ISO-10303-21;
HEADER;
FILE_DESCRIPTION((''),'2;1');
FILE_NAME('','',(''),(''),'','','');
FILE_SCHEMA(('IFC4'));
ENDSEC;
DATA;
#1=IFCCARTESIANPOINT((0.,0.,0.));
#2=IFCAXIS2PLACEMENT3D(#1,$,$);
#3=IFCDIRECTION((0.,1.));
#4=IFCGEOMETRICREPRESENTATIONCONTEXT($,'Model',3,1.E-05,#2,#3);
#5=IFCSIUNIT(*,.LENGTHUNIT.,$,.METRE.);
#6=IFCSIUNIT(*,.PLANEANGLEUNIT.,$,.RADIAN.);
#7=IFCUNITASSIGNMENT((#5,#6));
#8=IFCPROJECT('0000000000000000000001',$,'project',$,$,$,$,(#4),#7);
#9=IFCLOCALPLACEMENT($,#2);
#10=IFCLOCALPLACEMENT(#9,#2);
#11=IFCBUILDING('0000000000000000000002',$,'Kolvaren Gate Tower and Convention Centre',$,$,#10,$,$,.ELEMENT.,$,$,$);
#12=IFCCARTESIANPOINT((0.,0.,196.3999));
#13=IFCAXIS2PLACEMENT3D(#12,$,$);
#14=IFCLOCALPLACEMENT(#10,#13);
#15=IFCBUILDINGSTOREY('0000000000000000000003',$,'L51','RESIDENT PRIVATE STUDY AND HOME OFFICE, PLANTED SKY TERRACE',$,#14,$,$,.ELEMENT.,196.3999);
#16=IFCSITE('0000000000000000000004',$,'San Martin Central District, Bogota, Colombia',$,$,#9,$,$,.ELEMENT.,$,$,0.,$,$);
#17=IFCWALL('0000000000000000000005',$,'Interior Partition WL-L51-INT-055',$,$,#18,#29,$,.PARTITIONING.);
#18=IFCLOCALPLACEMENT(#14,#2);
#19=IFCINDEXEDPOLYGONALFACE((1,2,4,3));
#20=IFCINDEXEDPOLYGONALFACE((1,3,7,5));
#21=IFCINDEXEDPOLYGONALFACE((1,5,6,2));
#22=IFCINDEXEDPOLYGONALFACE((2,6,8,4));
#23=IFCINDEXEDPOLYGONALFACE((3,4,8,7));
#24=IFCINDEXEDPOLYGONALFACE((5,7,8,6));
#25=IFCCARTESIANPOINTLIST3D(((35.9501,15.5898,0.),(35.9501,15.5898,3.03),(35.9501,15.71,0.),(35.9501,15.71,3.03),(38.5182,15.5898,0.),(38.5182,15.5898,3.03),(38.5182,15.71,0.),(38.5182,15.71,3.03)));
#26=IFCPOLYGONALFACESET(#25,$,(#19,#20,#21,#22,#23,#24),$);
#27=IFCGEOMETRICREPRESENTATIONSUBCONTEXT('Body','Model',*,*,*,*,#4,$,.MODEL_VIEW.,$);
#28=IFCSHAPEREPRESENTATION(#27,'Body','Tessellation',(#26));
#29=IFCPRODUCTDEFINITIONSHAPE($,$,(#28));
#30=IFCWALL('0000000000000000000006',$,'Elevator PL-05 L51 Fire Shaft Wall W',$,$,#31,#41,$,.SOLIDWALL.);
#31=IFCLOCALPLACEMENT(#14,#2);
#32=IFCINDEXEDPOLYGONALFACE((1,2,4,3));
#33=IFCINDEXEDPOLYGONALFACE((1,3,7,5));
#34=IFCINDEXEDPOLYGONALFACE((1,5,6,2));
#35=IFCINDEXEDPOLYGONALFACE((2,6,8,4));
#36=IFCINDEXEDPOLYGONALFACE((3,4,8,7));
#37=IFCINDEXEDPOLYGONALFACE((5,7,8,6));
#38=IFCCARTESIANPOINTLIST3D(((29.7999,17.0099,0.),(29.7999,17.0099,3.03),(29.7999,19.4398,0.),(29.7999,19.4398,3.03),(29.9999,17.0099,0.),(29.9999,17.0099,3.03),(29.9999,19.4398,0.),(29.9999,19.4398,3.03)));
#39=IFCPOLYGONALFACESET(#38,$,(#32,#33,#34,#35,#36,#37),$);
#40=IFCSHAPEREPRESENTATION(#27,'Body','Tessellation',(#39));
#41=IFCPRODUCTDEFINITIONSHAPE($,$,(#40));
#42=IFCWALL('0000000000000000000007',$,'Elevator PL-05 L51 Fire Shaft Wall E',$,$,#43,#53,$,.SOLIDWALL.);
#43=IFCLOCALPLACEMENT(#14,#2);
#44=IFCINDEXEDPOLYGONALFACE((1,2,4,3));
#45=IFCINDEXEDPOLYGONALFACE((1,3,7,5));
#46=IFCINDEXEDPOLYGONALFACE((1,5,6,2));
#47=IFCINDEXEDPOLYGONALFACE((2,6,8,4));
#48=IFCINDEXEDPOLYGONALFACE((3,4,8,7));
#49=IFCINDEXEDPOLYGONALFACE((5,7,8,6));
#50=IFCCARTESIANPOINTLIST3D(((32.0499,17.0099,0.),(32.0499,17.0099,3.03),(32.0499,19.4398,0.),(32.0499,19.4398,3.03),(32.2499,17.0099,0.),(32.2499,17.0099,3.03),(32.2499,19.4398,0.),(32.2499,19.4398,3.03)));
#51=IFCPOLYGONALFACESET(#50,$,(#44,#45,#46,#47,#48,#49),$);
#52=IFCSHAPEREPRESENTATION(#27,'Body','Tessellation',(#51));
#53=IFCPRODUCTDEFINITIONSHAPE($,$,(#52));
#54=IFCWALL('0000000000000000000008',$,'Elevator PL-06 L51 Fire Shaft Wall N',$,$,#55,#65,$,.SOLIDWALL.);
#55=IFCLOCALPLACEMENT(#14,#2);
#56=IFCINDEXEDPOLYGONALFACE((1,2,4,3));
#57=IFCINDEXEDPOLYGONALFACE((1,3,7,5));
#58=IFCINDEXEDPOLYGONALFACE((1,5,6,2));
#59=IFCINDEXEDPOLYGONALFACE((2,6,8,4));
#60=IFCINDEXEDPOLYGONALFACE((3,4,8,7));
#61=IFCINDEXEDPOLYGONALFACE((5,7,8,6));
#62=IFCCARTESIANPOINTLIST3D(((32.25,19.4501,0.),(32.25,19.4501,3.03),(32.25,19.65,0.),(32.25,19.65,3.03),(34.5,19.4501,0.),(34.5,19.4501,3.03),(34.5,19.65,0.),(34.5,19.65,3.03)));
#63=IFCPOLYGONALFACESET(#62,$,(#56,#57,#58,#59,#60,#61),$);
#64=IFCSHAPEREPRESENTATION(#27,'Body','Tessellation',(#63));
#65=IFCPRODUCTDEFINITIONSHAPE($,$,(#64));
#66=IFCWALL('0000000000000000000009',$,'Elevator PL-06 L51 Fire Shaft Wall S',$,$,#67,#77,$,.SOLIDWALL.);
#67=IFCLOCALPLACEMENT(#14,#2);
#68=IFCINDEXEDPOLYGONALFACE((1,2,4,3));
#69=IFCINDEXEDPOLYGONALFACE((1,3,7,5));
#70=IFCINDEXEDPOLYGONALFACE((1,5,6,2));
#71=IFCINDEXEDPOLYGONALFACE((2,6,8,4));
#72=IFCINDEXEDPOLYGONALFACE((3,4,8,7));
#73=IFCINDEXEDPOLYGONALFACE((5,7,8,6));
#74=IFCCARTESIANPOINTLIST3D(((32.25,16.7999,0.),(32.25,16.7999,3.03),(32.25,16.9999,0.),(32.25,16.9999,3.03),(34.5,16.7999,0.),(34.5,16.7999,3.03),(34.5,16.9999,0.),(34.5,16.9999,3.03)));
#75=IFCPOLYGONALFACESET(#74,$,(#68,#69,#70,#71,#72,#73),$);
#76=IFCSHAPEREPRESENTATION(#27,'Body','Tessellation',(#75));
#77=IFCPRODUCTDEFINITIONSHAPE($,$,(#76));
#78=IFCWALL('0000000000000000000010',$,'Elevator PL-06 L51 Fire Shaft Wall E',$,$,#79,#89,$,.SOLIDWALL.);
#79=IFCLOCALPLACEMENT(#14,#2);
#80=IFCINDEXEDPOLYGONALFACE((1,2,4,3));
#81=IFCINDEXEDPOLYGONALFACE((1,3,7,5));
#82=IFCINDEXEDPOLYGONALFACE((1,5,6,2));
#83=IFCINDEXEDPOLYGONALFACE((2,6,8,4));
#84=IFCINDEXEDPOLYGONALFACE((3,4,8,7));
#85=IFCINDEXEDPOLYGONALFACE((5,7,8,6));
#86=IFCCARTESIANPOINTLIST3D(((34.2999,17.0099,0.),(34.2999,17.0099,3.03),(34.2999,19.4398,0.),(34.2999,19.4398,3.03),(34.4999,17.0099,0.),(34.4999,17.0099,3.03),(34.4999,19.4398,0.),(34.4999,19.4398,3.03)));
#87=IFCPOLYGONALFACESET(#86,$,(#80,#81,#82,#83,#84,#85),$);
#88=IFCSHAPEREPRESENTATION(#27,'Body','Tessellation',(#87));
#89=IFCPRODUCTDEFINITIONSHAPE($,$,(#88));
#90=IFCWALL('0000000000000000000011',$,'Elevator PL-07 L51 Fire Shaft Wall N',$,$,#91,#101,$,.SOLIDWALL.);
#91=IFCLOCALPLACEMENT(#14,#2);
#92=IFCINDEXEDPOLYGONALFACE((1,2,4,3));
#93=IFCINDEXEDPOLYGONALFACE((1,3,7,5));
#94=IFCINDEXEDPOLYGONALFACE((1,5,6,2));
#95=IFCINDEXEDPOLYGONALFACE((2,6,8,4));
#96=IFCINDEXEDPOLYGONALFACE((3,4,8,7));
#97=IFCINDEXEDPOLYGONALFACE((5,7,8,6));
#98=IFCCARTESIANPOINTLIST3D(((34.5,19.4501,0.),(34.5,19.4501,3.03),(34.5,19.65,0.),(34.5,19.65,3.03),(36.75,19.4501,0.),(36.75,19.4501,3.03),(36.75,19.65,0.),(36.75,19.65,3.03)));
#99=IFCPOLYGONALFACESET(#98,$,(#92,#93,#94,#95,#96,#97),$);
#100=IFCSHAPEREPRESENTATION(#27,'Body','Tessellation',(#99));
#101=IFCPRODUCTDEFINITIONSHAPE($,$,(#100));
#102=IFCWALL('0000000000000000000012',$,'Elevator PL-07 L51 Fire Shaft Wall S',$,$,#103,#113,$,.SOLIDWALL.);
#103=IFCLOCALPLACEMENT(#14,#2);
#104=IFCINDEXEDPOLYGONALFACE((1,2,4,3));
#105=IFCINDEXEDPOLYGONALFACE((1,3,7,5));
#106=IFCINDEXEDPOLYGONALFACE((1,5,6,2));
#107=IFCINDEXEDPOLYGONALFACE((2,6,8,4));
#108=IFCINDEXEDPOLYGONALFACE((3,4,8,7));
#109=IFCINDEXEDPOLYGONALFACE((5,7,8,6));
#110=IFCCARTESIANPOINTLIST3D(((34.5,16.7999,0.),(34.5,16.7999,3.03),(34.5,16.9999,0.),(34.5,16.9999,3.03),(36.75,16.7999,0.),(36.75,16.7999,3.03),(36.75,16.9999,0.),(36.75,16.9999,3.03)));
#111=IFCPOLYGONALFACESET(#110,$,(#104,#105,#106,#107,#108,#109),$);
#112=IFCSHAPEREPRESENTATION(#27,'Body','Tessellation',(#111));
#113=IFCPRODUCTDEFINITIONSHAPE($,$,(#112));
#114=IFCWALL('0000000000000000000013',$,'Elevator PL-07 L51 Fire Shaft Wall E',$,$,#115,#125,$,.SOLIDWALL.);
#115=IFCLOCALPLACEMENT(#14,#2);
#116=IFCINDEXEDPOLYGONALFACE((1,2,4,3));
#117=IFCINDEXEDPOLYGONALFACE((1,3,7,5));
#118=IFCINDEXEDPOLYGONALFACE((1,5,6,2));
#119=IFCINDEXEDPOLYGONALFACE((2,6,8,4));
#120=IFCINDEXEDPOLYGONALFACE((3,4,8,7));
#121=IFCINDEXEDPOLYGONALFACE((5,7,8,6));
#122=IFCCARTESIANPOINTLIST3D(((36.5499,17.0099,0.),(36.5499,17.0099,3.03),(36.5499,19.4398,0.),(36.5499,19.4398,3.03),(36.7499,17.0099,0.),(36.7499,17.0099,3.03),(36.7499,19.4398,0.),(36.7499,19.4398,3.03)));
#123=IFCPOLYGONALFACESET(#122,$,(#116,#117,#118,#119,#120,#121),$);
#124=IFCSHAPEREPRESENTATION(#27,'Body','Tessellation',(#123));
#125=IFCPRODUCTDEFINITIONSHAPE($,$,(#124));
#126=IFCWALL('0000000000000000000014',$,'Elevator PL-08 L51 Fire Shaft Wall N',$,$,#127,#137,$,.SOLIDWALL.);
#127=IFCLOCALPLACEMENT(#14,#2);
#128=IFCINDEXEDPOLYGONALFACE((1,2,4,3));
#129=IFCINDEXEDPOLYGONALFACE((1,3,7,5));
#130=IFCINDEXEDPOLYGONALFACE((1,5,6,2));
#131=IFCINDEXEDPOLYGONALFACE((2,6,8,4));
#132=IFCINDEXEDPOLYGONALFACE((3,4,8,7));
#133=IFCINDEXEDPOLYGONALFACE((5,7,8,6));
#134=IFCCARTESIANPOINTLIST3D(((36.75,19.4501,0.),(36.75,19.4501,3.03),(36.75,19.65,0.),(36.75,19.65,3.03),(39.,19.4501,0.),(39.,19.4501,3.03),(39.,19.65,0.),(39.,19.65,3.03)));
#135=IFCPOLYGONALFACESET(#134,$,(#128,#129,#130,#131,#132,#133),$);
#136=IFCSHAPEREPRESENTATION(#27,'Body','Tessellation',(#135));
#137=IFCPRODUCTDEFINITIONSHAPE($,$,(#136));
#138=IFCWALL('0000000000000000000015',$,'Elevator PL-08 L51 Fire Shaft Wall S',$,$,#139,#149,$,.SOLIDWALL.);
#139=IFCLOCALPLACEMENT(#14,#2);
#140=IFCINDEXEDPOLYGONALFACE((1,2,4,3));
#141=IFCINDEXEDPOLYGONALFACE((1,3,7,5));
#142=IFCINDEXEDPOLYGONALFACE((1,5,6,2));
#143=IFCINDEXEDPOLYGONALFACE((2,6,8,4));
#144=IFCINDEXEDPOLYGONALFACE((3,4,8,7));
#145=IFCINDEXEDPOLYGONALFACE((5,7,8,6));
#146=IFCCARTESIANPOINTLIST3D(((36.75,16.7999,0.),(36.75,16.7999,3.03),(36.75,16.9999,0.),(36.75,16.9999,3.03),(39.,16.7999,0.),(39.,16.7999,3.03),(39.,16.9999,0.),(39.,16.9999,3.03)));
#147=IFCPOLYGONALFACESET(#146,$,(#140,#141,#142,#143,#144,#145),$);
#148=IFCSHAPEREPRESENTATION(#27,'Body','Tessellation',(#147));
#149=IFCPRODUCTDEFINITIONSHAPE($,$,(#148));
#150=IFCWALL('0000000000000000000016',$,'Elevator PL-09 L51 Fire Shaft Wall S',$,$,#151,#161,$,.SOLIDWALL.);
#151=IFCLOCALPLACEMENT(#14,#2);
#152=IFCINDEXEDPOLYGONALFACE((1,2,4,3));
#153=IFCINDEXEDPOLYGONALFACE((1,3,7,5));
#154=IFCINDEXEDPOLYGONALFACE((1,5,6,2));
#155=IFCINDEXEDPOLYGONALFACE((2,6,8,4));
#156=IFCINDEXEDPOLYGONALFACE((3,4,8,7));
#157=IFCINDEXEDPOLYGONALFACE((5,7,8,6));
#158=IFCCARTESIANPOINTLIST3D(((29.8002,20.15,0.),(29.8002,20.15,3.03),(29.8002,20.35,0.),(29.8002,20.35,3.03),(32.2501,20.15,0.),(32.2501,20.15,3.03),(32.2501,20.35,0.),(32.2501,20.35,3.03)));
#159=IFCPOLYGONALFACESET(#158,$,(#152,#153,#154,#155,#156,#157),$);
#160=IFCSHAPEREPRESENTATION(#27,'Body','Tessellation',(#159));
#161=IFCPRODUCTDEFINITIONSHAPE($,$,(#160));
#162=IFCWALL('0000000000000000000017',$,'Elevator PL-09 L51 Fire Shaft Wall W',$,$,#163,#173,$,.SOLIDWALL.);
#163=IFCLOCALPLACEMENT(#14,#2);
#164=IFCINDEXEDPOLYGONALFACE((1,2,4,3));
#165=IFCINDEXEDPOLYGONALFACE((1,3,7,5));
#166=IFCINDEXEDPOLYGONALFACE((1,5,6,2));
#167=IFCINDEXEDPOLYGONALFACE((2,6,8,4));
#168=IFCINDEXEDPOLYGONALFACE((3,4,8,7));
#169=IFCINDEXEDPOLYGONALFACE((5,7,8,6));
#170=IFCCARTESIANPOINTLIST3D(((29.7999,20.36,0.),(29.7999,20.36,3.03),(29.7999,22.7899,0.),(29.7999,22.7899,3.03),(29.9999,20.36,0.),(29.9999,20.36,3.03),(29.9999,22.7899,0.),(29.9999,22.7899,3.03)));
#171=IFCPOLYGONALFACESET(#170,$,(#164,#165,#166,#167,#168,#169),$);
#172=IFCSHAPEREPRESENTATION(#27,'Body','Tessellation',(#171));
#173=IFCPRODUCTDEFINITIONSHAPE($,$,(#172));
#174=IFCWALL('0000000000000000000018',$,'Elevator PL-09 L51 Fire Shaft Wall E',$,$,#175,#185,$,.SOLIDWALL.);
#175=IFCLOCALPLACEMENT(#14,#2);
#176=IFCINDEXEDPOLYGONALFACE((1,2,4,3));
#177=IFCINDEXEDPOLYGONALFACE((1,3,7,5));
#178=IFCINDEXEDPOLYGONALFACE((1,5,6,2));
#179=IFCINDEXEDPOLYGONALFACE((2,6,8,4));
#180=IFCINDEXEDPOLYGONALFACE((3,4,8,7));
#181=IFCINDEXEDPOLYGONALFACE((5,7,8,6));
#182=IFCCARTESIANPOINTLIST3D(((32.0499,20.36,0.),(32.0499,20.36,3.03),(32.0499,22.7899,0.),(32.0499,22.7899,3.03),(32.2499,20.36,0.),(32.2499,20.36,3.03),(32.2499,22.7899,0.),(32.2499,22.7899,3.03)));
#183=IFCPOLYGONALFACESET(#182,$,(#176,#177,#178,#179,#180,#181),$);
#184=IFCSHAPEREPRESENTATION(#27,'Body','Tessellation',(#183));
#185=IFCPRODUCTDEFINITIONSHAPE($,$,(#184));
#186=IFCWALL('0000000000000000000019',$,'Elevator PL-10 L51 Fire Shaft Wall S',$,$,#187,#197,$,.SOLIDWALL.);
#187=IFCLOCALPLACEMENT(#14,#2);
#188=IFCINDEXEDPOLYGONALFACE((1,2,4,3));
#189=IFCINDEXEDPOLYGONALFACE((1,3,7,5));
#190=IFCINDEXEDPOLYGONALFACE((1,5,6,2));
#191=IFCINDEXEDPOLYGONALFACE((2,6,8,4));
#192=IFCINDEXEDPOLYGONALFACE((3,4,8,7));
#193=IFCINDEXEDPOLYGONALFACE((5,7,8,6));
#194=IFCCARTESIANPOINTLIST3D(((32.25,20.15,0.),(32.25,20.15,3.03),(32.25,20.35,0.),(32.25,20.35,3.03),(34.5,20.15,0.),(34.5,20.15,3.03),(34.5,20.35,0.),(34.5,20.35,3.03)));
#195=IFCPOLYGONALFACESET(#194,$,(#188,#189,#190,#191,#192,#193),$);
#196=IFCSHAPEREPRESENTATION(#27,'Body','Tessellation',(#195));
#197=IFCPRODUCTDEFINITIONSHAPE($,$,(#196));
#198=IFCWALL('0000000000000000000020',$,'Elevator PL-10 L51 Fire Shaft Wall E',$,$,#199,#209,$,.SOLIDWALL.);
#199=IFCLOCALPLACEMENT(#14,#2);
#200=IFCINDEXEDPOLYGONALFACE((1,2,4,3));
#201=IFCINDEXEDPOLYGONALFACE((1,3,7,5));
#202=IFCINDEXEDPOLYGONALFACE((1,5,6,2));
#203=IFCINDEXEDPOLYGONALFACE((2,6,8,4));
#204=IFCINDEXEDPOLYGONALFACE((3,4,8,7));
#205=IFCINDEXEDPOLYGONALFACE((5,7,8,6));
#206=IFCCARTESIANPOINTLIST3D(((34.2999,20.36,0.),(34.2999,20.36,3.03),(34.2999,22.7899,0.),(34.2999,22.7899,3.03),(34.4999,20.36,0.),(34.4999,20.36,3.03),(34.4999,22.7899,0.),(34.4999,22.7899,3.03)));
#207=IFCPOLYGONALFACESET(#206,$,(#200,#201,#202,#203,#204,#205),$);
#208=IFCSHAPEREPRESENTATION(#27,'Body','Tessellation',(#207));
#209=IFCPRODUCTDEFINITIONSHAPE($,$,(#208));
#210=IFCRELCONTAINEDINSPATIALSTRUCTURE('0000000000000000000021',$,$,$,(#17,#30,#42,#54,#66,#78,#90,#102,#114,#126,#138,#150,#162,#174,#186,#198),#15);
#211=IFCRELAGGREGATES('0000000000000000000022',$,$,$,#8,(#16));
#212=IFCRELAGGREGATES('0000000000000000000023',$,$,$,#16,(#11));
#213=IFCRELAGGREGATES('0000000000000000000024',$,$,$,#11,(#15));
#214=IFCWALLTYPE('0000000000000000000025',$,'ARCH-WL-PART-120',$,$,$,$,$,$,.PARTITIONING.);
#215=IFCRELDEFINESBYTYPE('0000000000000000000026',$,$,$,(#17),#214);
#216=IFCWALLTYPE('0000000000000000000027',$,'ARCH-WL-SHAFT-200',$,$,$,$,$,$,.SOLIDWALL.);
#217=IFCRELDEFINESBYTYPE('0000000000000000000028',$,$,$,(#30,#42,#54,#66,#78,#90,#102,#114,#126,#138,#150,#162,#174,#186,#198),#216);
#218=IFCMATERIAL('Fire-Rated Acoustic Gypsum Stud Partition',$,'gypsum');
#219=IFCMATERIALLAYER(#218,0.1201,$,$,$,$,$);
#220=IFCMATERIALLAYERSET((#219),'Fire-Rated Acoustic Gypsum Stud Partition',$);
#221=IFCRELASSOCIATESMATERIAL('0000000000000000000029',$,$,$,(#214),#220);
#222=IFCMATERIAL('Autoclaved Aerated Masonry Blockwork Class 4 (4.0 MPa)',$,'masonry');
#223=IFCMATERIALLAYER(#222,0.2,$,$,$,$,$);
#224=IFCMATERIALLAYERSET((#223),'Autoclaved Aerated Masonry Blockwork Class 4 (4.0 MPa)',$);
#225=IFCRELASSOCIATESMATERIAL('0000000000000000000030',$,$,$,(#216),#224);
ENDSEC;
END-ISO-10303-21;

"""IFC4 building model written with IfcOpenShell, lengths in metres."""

from ifc_helpers import new_model, si_unit, direction, frame, frame_2d, origin, place, context, subcontext, project, spatial, rectangle, extrude, material, layer, layer_set, type_object, element, save


model = new_model("IFC4")

# Units and contexts
model_context = context("Model", 3, precision=1e-05, world=origin(), true_north=direction((0.0, 1.0)))
body_context = subcontext(model_context, "Body", "Model", "MODEL_VIEW")
ifc_project = project(units=[si_unit("LENGTHUNIT", "METRE"), si_unit("PLANEANGLEUNIT", "RADIAN")], contexts=[model_context])

# Site, building, storey
site_placement = place(None, origin())
site = spatial("IfcSite", under=ifc_project, at=site_placement, Name="San Martin Central District, Bogota, Colombia", CompositionType="ELEMENT", RefElevation=0.0)
building_placement = place(site_placement, origin())
building = spatial("IfcBuilding", under=site, at=building_placement, Name="Kolvaren Gate Tower and Convention Centre", CompositionType="ELEMENT")
storey_placement = place(building_placement, frame((0.0, 0.0, 196.3999)))
storey = spatial("IfcBuildingStorey", under=building, at=storey_placement, Name="L51", Description="RESIDENT PRIVATE STUDY AND HOME OFFICE, PLANTED SKY TERRACE", CompositionType="ELEMENT", Elevation=196.3999)

# Walls
ifc_material_1 = material(Name="Fire-Rated Acoustic Gypsum Stud Partition", Category="gypsum")
ifc_layer_1 = layer(ifc_material_1, 0.1201)
ifc_layer_set_1 = layer_set([ifc_layer_1], Name="Fire-Rated Acoustic Gypsum Stud Partition")
wall_type_1 = type_object("IfcWallType", Name="ARCH-WL-PART-120", PredefinedType="PARTITIONING", material=ifc_layer_set_1)
wall_1_placement = place(storey_placement, frame((35.95, 15.6499, 0.0), z_axis=(0.0, 0.0, 1.0), x_axis=(1.0, 0.0, 0.0)))
element("IfcWall", 1, at=wall_1_placement, inside=storey, type_object=wall_type_1, Name="Interior Partition WL-L51-INT-055", PredefinedType="PARTITIONING", context=body_context, shape_type="SweptSolid", body=[
    extrude(rectangle(XDim=2.5681, YDim=0.1201, at=frame_2d((1.2842, 0.0))), origin(), (0.0, 0.0, 1.0), 3.03),
])
ifc_material_2 = material(Name="Autoclaved Aerated Masonry Blockwork Class 4 (4.0 MPa)", Category="masonry")
ifc_layer_2 = layer(ifc_material_2, 0.2)
ifc_layer_set_2 = layer_set([ifc_layer_2], Name="Autoclaved Aerated Masonry Blockwork Class 4 (4.0 MPa)")
wall_type_2 = type_object("IfcWallType", Name="ARCH-WL-SHAFT-200", PredefinedType="SOLIDWALL", material=ifc_layer_set_2)
for number, where, z_axis, x_axis, name in (
    (2, (29.8999, 17.01, 0.0), (0.0, 0.0, 1.0), (0.0, 1.0, 0.0), "Elevator PL-05 L51 Fire Shaft Wall W"),
    (3, (32.1499, 17.01, 0.0), (0.0, 0.0, 1.0), (0.0, 1.0, 0.0), "Elevator PL-05 L51 Fire Shaft Wall E"),
):
    element("IfcWall", number, at=place(storey_placement, frame(where, z_axis=z_axis, x_axis=x_axis)), inside=storey, type_object=wall_type_2, Name=name, PredefinedType="SOLIDWALL", context=body_context, shape_type="SweptSolid", body=[
        extrude(rectangle(XDim=2.4299, YDim=0.2, at=frame_2d((1.2148, 0.0))), origin(), (0.0, 0.0, 1.0), 3.03),
    ])
for number, where, z_axis, x_axis, name in (
    (4, (32.25, 19.55, 0.0), (0.0, 0.0, 1.0), (1.0, 0.0, 0.0), "Elevator PL-06 L51 Fire Shaft Wall N"),
    (5, (32.25, 16.8999, 0.0), (0.0, 0.0, 1.0), (1.0, 0.0, 0.0), "Elevator PL-06 L51 Fire Shaft Wall S"),
):
    element("IfcWall", number, at=place(storey_placement, frame(where, z_axis=z_axis, x_axis=x_axis)), inside=storey, type_object=wall_type_2, Name=name, PredefinedType="SOLIDWALL", context=body_context, shape_type="SweptSolid", body=[
        extrude(rectangle(XDim=2.25, YDim=0.2, at=frame_2d((1.125, 0.0))), origin(), (0.0, 0.0, 1.0), 3.03),
    ])
wall_2_placement = place(storey_placement, frame((34.3999, 17.01, 0.0), z_axis=(0.0, 0.0, 1.0), x_axis=(0.0, 1.0, 0.0)))
element("IfcWall", 6, at=wall_2_placement, inside=storey, type_object=wall_type_2, Name="Elevator PL-06 L51 Fire Shaft Wall E", PredefinedType="SOLIDWALL", context=body_context, shape_type="SweptSolid", body=[
    extrude(rectangle(XDim=2.4299, YDim=0.2, at=frame_2d((1.2148, 0.0))), origin(), (0.0, 0.0, 1.0), 3.03),
])
for number, where, z_axis, x_axis, name in (
    (7, (34.5, 19.55, 0.0), (0.0, 0.0, 1.0), (1.0, 0.0, 0.0), "Elevator PL-07 L51 Fire Shaft Wall N"),
    (8, (34.5, 16.8999, 0.0), (0.0, 0.0, 1.0), (1.0, 0.0, 0.0), "Elevator PL-07 L51 Fire Shaft Wall S"),
):
    element("IfcWall", number, at=place(storey_placement, frame(where, z_axis=z_axis, x_axis=x_axis)), inside=storey, type_object=wall_type_2, Name=name, PredefinedType="SOLIDWALL", context=body_context, shape_type="SweptSolid", body=[
        extrude(rectangle(XDim=2.25, YDim=0.2, at=frame_2d((1.125, 0.0))), origin(), (0.0, 0.0, 1.0), 3.03),
    ])
wall_3_placement = place(storey_placement, frame((36.6499, 17.01, 0.0), z_axis=(0.0, 0.0, 1.0), x_axis=(0.0, 1.0, 0.0)))
element("IfcWall", 9, at=wall_3_placement, inside=storey, type_object=wall_type_2, Name="Elevator PL-07 L51 Fire Shaft Wall E", PredefinedType="SOLIDWALL", context=body_context, shape_type="SweptSolid", body=[
    extrude(rectangle(XDim=2.4299, YDim=0.2, at=frame_2d((1.2148, 0.0))), origin(), (0.0, 0.0, 1.0), 3.03),
])
for number, where, z_axis, x_axis, name in (
    (10, (36.75, 19.55, 0.0), (0.0, 0.0, 1.0), (1.0, 0.0, 0.0), "Elevator PL-08 L51 Fire Shaft Wall N"),
    (11, (36.75, 16.8999, 0.0), (0.0, 0.0, 1.0), (1.0, 0.0, 0.0), "Elevator PL-08 L51 Fire Shaft Wall S"),
):
    element("IfcWall", number, at=place(storey_placement, frame(where, z_axis=z_axis, x_axis=x_axis)), inside=storey, type_object=wall_type_2, Name=name, PredefinedType="SOLIDWALL", context=body_context, shape_type="SweptSolid", body=[
        extrude(rectangle(XDim=2.25, YDim=0.2, at=frame_2d((1.125, 0.0))), origin(), (0.0, 0.0, 1.0), 3.03),
    ])
wall_4_placement = place(storey_placement, frame((29.8, 20.25, 0.0), z_axis=(0.0, 0.0, 1.0), x_axis=(1.0, 0.0, 0.0)))
element("IfcWall", 12, at=wall_4_placement, inside=storey, type_object=wall_type_2, Name="Elevator PL-09 L51 Fire Shaft Wall S", PredefinedType="SOLIDWALL", context=body_context, shape_type="SweptSolid", body=[
    extrude(rectangle(XDim=2.45, YDim=0.2, at=frame_2d((1.2251, 0.0))), origin(), (0.0, 0.0, 1.0), 3.03),
])
for number, where, z_axis, x_axis, name in (
    (13, (29.8999, 20.3601, 0.0), (0.0, 0.0, 1.0), (0.0, 1.0, 0.0), "Elevator PL-09 L51 Fire Shaft Wall W"),
    (14, (32.1499, 20.3601, 0.0), (0.0, 0.0, 1.0), (0.0, 1.0, 0.0), "Elevator PL-09 L51 Fire Shaft Wall E"),
):
    element("IfcWall", number, at=place(storey_placement, frame(where, z_axis=z_axis, x_axis=x_axis)), inside=storey, type_object=wall_type_2, Name=name, PredefinedType="SOLIDWALL", context=body_context, shape_type="SweptSolid", body=[
        extrude(rectangle(XDim=2.4299, YDim=0.2, at=frame_2d((1.2148, 0.0))), origin(), (0.0, 0.0, 1.0), 3.03),
    ])
wall_5_placement = place(storey_placement, frame((32.25, 20.25, 0.0), z_axis=(0.0, 0.0, 1.0), x_axis=(1.0, 0.0, 0.0)))
element("IfcWall", 15, at=wall_5_placement, inside=storey, type_object=wall_type_2, Name="Elevator PL-10 L51 Fire Shaft Wall S", PredefinedType="SOLIDWALL", context=body_context, shape_type="SweptSolid", body=[
    extrude(rectangle(XDim=2.25, YDim=0.2, at=frame_2d((1.125, 0.0))), origin(), (0.0, 0.0, 1.0), 3.03),
])
wall_6_placement = place(storey_placement, frame((34.3999, 20.3601, 0.0), z_axis=(0.0, 0.0, 1.0), x_axis=(0.0, 1.0, 0.0)))
element("IfcWall", 16, at=wall_6_placement, inside=storey, type_object=wall_type_2, Name="Elevator PL-10 L51 Fire Shaft Wall E", PredefinedType="SOLIDWALL", context=body_context, shape_type="SweptSolid", body=[
    extrude(rectangle(XDim=2.4299, YDim=0.2, at=frame_2d((1.2148, 0.0))), origin(), (0.0, 0.0, 1.0), 3.03),
])

save(model, "model.ifc")
